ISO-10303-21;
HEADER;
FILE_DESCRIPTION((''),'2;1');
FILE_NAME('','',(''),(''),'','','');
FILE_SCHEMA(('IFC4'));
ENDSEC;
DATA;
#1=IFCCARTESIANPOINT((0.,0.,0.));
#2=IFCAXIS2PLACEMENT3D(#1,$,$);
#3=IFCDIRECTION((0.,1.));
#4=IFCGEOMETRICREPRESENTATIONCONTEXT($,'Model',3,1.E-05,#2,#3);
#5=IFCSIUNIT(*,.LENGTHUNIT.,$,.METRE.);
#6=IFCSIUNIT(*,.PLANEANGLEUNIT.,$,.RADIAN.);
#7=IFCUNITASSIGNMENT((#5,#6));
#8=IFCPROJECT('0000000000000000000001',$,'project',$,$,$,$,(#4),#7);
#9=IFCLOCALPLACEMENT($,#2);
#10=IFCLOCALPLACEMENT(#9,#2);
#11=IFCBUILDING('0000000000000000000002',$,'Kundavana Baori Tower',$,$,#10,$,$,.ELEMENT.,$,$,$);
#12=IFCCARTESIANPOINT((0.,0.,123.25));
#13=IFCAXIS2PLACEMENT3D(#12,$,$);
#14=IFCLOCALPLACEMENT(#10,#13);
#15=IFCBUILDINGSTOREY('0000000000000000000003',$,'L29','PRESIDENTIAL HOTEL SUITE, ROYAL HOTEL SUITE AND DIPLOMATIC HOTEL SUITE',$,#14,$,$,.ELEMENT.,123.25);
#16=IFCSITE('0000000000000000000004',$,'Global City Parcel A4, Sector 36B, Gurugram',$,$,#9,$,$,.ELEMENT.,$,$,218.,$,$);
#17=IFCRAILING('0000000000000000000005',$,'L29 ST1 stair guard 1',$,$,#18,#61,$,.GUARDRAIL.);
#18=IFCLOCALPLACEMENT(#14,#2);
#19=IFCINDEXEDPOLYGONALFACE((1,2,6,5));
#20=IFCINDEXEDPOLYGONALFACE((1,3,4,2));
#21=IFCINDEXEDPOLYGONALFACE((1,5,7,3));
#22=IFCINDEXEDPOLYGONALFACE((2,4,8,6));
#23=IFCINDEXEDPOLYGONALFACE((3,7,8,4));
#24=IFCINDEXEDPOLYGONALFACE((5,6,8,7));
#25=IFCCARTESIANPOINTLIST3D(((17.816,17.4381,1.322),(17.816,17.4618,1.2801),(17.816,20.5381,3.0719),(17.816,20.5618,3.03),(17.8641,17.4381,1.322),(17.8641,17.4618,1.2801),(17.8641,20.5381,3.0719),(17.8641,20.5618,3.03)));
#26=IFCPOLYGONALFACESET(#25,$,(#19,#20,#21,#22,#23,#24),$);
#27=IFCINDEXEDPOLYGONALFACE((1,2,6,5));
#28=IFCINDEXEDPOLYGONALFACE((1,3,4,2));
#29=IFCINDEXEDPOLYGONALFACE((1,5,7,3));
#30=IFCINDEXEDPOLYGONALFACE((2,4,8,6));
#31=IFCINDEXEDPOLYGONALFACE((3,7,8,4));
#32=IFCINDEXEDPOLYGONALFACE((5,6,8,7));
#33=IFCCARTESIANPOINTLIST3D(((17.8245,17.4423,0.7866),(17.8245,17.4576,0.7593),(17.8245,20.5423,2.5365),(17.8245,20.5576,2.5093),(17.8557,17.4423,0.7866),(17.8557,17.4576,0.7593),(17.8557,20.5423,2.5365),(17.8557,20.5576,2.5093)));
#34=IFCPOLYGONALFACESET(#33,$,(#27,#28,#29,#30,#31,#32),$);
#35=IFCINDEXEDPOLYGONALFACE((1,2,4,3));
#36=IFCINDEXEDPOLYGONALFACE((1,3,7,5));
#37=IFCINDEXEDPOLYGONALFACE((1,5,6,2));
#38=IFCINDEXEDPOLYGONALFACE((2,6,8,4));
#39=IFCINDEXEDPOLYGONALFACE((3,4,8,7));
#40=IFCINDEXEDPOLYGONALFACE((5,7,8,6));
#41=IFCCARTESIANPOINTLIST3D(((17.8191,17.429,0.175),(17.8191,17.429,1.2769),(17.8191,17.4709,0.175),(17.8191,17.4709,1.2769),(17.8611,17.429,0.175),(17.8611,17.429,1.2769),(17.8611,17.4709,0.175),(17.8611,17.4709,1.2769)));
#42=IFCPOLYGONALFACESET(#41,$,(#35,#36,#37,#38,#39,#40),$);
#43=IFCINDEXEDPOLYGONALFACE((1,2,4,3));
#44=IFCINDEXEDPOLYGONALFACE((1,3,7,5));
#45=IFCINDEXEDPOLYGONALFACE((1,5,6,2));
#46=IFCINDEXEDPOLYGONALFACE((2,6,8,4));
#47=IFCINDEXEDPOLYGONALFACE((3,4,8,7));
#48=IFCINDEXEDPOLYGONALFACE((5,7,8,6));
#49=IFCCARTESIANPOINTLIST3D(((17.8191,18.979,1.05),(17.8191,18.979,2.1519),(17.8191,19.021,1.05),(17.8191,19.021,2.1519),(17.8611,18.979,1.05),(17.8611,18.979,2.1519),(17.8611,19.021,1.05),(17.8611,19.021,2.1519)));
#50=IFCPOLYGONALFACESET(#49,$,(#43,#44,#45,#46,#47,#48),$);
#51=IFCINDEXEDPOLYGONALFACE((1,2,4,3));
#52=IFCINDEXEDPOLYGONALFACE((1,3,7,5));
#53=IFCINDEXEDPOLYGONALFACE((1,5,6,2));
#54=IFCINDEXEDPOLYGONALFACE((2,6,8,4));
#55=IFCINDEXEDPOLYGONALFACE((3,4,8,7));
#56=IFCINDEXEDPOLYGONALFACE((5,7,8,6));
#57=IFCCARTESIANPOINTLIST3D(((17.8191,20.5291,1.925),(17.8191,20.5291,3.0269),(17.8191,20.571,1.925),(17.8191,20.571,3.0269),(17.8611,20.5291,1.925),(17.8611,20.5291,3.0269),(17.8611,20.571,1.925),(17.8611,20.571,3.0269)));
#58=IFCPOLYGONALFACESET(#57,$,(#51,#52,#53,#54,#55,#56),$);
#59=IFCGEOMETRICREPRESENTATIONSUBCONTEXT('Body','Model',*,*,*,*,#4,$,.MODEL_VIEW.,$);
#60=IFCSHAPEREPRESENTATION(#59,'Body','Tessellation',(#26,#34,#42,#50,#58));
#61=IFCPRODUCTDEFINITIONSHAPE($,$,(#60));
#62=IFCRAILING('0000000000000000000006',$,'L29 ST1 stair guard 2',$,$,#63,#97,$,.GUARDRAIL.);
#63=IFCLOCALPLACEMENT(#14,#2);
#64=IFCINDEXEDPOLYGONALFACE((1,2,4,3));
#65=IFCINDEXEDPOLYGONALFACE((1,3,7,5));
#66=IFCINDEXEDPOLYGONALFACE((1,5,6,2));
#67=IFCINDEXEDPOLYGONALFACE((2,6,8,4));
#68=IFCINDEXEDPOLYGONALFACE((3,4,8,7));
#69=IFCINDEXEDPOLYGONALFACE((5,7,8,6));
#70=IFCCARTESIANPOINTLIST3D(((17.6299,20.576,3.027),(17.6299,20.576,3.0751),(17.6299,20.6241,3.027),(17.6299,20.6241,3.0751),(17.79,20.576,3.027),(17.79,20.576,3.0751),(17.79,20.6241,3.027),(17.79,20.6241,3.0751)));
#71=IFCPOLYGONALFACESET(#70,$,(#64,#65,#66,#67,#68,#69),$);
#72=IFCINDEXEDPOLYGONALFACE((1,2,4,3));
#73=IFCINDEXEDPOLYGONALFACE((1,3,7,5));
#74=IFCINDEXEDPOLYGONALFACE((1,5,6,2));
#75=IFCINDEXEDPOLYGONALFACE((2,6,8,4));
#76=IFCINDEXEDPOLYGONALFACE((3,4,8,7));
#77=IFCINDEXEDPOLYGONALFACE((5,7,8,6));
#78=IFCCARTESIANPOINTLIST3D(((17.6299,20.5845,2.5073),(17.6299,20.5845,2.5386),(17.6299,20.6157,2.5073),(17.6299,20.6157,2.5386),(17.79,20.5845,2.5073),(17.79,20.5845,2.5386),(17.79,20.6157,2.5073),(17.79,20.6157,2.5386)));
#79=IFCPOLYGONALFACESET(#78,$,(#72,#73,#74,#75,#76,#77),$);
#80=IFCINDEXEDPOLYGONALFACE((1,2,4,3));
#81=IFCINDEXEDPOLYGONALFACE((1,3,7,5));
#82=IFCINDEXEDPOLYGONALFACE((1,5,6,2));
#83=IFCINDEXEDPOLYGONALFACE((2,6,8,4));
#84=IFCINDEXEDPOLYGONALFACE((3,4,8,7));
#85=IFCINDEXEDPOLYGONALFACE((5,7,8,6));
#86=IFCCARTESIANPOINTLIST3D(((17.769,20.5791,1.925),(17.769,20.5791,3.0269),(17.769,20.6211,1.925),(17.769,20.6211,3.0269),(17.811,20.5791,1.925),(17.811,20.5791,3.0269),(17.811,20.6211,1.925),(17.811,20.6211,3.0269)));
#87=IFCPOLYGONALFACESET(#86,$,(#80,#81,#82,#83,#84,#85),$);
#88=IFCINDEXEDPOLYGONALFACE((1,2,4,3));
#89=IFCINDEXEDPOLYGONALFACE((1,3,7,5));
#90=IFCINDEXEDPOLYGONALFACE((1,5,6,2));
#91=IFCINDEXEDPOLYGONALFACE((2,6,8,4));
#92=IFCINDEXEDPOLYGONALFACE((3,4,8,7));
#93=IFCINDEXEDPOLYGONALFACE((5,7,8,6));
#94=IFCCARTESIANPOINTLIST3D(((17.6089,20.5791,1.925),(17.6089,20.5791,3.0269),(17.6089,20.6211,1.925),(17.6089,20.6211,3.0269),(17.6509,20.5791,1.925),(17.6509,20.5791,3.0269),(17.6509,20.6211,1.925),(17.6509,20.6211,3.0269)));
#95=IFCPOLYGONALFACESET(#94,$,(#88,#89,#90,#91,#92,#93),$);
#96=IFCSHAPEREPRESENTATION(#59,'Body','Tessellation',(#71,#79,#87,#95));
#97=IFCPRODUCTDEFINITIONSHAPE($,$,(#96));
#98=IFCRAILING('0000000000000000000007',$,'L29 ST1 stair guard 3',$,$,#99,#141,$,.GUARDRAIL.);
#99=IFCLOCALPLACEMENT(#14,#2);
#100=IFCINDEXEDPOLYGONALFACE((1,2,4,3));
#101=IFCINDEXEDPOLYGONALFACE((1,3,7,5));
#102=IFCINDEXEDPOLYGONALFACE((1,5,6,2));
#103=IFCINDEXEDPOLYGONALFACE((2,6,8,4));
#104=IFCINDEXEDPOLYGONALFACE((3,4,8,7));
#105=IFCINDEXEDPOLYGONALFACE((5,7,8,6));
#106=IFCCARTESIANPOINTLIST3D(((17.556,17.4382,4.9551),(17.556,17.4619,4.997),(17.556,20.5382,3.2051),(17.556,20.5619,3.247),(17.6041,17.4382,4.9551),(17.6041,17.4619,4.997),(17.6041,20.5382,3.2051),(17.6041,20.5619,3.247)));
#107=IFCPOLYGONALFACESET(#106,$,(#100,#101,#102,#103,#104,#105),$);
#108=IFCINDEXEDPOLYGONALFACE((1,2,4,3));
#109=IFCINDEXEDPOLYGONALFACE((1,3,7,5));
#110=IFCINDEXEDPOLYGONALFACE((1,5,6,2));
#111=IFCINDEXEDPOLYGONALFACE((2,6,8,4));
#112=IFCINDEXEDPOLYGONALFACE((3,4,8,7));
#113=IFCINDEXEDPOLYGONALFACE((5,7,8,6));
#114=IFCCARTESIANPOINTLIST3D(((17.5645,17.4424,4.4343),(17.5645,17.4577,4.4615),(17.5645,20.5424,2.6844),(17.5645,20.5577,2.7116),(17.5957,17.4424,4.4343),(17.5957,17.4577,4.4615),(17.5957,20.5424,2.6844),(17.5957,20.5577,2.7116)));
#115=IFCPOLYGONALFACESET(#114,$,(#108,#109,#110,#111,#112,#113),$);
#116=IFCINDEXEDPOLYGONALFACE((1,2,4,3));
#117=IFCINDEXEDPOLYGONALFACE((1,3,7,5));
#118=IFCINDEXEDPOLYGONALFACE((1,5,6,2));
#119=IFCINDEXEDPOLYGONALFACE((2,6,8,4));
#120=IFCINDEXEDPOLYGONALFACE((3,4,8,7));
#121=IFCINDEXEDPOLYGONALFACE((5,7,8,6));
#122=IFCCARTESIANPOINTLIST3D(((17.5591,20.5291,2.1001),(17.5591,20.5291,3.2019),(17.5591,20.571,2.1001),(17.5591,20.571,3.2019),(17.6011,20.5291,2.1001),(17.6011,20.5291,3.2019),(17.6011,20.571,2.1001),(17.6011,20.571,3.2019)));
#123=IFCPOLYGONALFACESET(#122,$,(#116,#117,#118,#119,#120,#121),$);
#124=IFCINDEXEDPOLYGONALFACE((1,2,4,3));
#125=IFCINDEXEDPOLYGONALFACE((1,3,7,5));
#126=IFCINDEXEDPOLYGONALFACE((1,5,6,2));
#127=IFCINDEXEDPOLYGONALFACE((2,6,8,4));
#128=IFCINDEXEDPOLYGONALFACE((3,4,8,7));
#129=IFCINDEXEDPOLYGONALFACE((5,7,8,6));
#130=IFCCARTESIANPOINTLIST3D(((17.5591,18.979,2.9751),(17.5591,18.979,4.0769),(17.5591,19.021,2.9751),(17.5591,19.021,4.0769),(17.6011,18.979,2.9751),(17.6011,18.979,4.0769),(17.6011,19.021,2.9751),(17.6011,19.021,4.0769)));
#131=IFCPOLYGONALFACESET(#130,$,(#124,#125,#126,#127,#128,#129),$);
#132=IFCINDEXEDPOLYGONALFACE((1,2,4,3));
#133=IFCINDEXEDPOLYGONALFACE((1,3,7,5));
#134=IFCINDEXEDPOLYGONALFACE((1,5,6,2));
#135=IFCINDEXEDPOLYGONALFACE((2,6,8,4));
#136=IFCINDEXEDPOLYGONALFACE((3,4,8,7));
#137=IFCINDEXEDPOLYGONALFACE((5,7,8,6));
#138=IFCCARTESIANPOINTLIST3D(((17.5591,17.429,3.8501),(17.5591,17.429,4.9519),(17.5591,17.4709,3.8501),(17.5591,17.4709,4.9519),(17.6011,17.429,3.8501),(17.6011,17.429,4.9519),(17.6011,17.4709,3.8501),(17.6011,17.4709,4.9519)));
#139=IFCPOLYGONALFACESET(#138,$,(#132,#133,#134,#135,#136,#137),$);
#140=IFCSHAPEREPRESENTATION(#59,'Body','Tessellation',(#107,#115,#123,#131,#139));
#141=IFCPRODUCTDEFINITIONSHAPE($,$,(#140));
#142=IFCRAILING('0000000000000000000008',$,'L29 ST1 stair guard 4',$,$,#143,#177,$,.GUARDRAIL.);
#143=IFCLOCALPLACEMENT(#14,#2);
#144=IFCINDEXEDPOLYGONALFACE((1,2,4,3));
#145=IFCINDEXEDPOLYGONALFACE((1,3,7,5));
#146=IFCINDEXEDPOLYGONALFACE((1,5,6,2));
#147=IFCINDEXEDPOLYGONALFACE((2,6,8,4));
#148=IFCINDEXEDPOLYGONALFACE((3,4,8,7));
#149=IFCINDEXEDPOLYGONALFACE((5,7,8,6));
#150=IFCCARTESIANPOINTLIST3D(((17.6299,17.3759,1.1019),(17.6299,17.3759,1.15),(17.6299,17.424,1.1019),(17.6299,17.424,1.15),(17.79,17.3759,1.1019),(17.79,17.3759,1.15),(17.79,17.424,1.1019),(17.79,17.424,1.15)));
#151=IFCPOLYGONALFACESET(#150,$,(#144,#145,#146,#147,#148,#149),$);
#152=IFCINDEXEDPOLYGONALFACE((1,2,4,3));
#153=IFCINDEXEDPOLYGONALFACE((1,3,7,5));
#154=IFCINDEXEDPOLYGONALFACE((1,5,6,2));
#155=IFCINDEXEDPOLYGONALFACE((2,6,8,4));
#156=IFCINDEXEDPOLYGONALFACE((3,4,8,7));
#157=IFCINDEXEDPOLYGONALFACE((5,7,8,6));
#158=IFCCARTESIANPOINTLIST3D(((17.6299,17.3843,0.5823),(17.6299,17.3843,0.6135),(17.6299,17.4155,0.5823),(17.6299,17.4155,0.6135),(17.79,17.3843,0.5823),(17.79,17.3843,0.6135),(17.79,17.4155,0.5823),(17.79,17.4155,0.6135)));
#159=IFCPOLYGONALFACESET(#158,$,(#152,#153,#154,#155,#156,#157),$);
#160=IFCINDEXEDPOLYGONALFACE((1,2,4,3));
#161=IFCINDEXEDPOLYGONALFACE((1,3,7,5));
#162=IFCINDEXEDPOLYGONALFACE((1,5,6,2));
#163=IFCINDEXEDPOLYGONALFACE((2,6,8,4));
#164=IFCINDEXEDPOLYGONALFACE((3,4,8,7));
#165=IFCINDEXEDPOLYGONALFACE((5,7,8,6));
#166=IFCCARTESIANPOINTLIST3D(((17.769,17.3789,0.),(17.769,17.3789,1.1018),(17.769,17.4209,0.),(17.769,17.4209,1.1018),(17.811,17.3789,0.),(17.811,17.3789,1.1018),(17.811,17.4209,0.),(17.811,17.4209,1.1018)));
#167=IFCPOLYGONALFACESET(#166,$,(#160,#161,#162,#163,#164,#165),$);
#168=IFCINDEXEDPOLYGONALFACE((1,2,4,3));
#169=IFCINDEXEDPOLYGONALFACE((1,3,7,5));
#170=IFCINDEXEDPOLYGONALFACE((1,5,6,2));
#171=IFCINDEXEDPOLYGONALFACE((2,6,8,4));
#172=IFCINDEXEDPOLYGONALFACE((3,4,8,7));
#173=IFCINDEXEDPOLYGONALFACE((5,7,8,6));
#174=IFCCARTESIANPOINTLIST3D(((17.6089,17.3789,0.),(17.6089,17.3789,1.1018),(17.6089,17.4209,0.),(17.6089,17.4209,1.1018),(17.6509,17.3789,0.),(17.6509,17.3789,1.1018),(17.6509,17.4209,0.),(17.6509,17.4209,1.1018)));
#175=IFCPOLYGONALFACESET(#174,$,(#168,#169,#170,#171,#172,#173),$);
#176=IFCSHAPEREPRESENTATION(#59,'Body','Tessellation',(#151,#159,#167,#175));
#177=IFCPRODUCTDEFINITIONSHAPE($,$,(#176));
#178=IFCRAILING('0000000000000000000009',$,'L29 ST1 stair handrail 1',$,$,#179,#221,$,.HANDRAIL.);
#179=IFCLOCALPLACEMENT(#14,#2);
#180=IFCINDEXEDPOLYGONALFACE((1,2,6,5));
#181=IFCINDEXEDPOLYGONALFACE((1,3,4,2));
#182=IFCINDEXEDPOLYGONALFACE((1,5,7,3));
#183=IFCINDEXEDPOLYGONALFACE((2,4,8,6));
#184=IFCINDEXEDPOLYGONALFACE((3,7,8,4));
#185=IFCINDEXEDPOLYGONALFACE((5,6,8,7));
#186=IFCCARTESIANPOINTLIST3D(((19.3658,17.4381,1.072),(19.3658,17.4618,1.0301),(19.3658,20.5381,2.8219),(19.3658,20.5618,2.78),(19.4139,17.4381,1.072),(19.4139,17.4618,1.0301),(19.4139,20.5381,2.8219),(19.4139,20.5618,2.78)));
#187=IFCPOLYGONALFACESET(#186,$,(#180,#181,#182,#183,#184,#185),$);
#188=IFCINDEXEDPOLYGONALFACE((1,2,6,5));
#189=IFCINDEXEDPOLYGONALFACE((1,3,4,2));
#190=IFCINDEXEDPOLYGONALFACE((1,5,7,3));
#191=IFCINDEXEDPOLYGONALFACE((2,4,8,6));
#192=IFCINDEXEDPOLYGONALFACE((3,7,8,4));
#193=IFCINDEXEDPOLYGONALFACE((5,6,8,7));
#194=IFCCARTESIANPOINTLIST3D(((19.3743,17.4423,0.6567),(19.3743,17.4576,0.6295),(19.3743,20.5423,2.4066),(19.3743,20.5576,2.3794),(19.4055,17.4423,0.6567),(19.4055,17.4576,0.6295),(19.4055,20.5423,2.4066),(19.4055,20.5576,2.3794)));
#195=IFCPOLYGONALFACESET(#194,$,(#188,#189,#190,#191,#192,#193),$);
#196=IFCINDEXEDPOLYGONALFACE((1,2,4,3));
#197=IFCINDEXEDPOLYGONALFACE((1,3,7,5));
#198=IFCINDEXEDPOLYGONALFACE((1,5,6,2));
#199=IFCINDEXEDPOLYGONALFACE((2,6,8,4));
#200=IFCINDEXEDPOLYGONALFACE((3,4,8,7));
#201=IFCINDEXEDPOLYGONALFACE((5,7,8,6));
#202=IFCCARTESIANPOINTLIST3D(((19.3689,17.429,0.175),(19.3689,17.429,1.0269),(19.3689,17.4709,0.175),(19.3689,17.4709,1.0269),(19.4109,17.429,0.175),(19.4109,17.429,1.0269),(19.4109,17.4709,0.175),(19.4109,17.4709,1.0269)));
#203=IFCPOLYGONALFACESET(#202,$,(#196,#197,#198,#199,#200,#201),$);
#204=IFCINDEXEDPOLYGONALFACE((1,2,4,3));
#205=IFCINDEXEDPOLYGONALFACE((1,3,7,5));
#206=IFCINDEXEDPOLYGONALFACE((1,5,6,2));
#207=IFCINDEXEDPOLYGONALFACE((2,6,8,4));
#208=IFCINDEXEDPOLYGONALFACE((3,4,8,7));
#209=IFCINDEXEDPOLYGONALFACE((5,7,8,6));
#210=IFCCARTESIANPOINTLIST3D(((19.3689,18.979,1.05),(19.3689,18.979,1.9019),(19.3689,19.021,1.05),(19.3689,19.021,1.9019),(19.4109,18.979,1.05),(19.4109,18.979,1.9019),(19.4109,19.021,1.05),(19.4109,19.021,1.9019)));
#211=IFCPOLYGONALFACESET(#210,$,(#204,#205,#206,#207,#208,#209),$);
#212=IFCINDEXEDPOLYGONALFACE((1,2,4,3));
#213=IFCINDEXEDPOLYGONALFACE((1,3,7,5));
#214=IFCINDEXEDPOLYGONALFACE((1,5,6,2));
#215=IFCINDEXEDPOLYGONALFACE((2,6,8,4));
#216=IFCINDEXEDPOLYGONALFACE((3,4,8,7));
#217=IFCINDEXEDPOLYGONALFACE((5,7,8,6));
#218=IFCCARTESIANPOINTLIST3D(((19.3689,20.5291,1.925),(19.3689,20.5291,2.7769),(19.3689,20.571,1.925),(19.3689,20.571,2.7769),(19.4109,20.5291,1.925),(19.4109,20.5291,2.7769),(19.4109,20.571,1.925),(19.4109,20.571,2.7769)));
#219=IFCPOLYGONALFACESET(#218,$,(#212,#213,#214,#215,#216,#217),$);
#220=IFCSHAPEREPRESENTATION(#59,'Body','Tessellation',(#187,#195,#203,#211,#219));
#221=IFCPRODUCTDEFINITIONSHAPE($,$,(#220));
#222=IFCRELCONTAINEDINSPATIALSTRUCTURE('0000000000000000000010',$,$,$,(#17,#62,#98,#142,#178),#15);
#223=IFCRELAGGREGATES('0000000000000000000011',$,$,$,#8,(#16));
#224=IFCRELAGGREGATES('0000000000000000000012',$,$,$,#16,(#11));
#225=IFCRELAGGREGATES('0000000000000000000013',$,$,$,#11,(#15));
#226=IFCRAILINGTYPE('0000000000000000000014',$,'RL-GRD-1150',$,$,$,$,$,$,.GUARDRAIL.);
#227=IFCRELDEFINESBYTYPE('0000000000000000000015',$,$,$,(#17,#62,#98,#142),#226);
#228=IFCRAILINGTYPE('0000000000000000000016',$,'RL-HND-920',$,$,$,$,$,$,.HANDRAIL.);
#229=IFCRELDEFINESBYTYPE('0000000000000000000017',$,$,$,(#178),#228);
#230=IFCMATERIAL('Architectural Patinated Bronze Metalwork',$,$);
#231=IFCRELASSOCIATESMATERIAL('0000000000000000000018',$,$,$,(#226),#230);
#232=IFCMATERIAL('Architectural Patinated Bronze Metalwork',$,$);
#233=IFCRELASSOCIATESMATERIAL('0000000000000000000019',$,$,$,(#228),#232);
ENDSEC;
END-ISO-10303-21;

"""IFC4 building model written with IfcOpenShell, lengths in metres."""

from ifc_helpers import new_model, si_unit, direction, frame, origin, origin_2d, place, context, subcontext, project, spatial, rectangle, extrude, material, type_object, element, save


model = new_model("IFC4")

# Units and contexts
model_context = context("Model", 3, precision=1e-05, world=origin(), true_north=direction((0.0, 1.0)))
body_context = subcontext(model_context, "Body", "Model", "MODEL_VIEW")
ifc_project = project(units=[si_unit("LENGTHUNIT", "METRE"), si_unit("PLANEANGLEUNIT", "RADIAN")], contexts=[model_context])

# Site, building, storey
site_placement = place(None, origin())
site = spatial("IfcSite", under=ifc_project, at=site_placement, Name="Global City Parcel A4, Sector 36B, Gurugram", CompositionType="ELEMENT", RefElevation=218.0)
building_placement = place(site_placement, origin())
building = spatial("IfcBuilding", under=site, at=building_placement, Name="Kundavana Baori Tower", CompositionType="ELEMENT")
storey_placement = place(building_placement, frame((0.0, 0.0, 123.25)))
storey = spatial("IfcBuildingStorey", under=building, at=storey_placement, Name="L29", Description="PRESIDENTIAL HOTEL SUITE, ROYAL HOTEL SUITE AND DIPLOMATIC HOTEL SUITE", CompositionType="ELEMENT", Elevation=123.25)

# Railings
ifc_material_1 = material(Name="Architectural Patinated Bronze Metalwork")
railing_type_1 = type_object("IfcRailingType", Name="RL-GRD-1150", PredefinedType="GUARDRAIL", material=ifc_material_1)
railing_1_placement = place(storey_placement, frame((17.8401, 17.45, 0.175)))
element("IfcRailing", 1, at=railing_1_placement, inside=storey, type_object=railing_type_1, Name="L29 ST1 stair guard 1", PredefinedType="GUARDRAIL", context=body_context, shape_type="SweptSolid", body=[
    extrude(rectangle(XDim=0.0481, YDim=0.0481, at=origin_2d()), frame((0.0, 0.0, 1.126), z_axis=(0.0, 0.870831, 0.491583), x_axis=(-1.0, 0.0, 0.0)), (0.0, 0.0, 1.0), 3.5598),
    extrude(rectangle(XDim=0.0312, YDim=0.0312, at=origin_2d()), frame((0.0, 0.0, 0.5979), z_axis=(0.0, 0.870831, 0.491583), x_axis=(-1.0, 0.0, 0.0)), (0.0, 0.0, 1.0), 3.5598),
    extrude(rectangle(XDim=0.042, YDim=0.042, at=origin_2d()), origin(), (0.0, 0.0, 1.0), 1.1018),
    extrude(rectangle(XDim=0.042, YDim=0.042, at=origin_2d()), frame((0.0, 1.55, 0.875)), (0.0, 0.0, 1.0), 1.1018),
    extrude(rectangle(XDim=0.042, YDim=0.042, at=origin_2d()), frame((0.0, 3.1001, 1.75)), (0.0, 0.0, 1.0), 1.1018),
])
railing_2_placement = place(storey_placement, frame((17.79, 20.6001, 1.925)))
element("IfcRailing", 2, at=railing_2_placement, inside=storey, type_object=railing_type_1, Name="L29 ST1 stair guard 2", PredefinedType="GUARDRAIL", context=body_context, shape_type="SweptSolid", body=[
    extrude(rectangle(XDim=0.0481, YDim=0.0481, at=origin_2d()), frame((0.0, 0.0, 1.126), z_axis=(-1.0, 0.0, 0.0), x_axis=(0.0, -1.0, 0.0)), (0.0, 0.0, 1.0), 0.1602),
    extrude(rectangle(XDim=0.0312, YDim=0.0312, at=origin_2d()), frame((0.0, 0.0, 0.5979), z_axis=(-1.0, 0.0, 0.0), x_axis=(0.0, -1.0, 0.0)), (0.0, 0.0, 1.0), 0.1602),
    extrude(rectangle(XDim=0.042, YDim=0.042, at=origin_2d()), origin(), (0.0, 0.0, 1.0), 1.1018),
    extrude(rectangle(XDim=0.042, YDim=0.042, at=origin_2d()), frame((-0.1602, 0.0, 0.0)), (0.0, 0.0, 1.0), 1.1018),
])
railing_3_placement = place(storey_placement, frame((17.5801, 20.55, 2.1001)))
element("IfcRailing", 3, at=railing_3_placement, inside=storey, type_object=railing_type_1, Name="L29 ST1 stair guard 3", PredefinedType="GUARDRAIL", context=body_context, shape_type="SweptSolid", body=[
    extrude(rectangle(XDim=0.0481, YDim=0.0481, at=origin_2d()), frame((0.0, 0.0, 1.126), z_axis=(0.0, -0.870831, 0.491583), x_axis=(1.0, 0.0, 0.0)), (0.0, 0.0, 1.0), 3.5598),
    extrude(rectangle(XDim=0.0312, YDim=0.0312, at=origin_2d()), frame((0.0, 0.0, 0.5979), z_axis=(0.0, -0.870831, 0.491583), x_axis=(1.0, 0.0, 0.0)), (0.0, 0.0, 1.0), 3.5598),
    extrude(rectangle(XDim=0.042, YDim=0.042, at=origin_2d()), origin(), (0.0, 0.0, 1.0), 1.1018),
    extrude(rectangle(XDim=0.042, YDim=0.042, at=origin_2d()), frame((0.0, -1.55, 0.875)), (0.0, 0.0, 1.0), 1.1018),
    extrude(rectangle(XDim=0.042, YDim=0.042, at=origin_2d()), frame((0.0, -3.1001, 1.75)), (0.0, 0.0, 1.0), 1.1018),
])
railing_4_placement = place(storey_placement, frame((17.79, 17.3999, 0.0)))
element("IfcRailing", 4, at=railing_4_placement, inside=storey, type_object=railing_type_1, Name="L29 ST1 stair guard 4", PredefinedType="GUARDRAIL", context=body_context, shape_type="SweptSolid", body=[
    extrude(rectangle(XDim=0.0481, YDim=0.0481, at=origin_2d()), frame((0.0, 0.0, 1.126), z_axis=(-1.0, 0.0, 0.0), x_axis=(0.0, -1.0, 0.0)), (0.0, 0.0, 1.0), 0.1602),
    extrude(rectangle(XDim=0.0312, YDim=0.0312, at=origin_2d()), frame((0.0, 0.0, 0.5979), z_axis=(-1.0, 0.0, 0.0), x_axis=(0.0, -1.0, 0.0)), (0.0, 0.0, 1.0), 0.1602),
    extrude(rectangle(XDim=0.042, YDim=0.042, at=origin_2d()), origin(), (0.0, 0.0, 1.0), 1.1018),
    extrude(rectangle(XDim=0.042, YDim=0.042, at=origin_2d()), frame((-0.1602, 0.0, 0.0)), (0.0, 0.0, 1.0), 1.1018),
])
ifc_material_2 = material(Name="Architectural Patinated Bronze Metalwork")
railing_type_2 = type_object("IfcRailingType", Name="RL-HND-920", PredefinedType="HANDRAIL", material=ifc_material_2)
railing_5_placement = place(storey_placement, frame((19.3899, 17.45, 0.175)))
element("IfcRailing", 5, at=railing_5_placement, inside=storey, type_object=railing_type_2, Name="L29 ST1 stair handrail 1", PredefinedType="HANDRAIL", context=body_context, shape_type="SweptSolid", body=[
    extrude(rectangle(XDim=0.0481, YDim=0.0481, at=origin_2d()), frame((0.0, 0.0, 0.876), z_axis=(0.0, 0.870831, 0.491583), x_axis=(-1.0, 0.0, 0.0)), (0.0, 0.0, 1.0), 3.5598),
    extrude(rectangle(XDim=0.0312, YDim=0.0312, at=origin_2d()), frame((0.0, 0.0, 0.468), z_axis=(0.0, 0.870831, 0.491583), x_axis=(-1.0, 0.0, 0.0)), (0.0, 0.0, 1.0), 3.5598),
    extrude(rectangle(XDim=0.042, YDim=0.042, at=origin_2d()), origin(), (0.0, 0.0, 1.0), 0.8518),
    extrude(rectangle(XDim=0.042, YDim=0.042, at=origin_2d()), frame((0.0, 1.55, 0.875)), (0.0, 0.0, 1.0), 0.8518),
    extrude(rectangle(XDim=0.042, YDim=0.042, at=origin_2d()), frame((0.0, 3.1001, 1.75)), (0.0, 0.0, 1.0), 0.8518),
])

save(model, "model.ifc")
